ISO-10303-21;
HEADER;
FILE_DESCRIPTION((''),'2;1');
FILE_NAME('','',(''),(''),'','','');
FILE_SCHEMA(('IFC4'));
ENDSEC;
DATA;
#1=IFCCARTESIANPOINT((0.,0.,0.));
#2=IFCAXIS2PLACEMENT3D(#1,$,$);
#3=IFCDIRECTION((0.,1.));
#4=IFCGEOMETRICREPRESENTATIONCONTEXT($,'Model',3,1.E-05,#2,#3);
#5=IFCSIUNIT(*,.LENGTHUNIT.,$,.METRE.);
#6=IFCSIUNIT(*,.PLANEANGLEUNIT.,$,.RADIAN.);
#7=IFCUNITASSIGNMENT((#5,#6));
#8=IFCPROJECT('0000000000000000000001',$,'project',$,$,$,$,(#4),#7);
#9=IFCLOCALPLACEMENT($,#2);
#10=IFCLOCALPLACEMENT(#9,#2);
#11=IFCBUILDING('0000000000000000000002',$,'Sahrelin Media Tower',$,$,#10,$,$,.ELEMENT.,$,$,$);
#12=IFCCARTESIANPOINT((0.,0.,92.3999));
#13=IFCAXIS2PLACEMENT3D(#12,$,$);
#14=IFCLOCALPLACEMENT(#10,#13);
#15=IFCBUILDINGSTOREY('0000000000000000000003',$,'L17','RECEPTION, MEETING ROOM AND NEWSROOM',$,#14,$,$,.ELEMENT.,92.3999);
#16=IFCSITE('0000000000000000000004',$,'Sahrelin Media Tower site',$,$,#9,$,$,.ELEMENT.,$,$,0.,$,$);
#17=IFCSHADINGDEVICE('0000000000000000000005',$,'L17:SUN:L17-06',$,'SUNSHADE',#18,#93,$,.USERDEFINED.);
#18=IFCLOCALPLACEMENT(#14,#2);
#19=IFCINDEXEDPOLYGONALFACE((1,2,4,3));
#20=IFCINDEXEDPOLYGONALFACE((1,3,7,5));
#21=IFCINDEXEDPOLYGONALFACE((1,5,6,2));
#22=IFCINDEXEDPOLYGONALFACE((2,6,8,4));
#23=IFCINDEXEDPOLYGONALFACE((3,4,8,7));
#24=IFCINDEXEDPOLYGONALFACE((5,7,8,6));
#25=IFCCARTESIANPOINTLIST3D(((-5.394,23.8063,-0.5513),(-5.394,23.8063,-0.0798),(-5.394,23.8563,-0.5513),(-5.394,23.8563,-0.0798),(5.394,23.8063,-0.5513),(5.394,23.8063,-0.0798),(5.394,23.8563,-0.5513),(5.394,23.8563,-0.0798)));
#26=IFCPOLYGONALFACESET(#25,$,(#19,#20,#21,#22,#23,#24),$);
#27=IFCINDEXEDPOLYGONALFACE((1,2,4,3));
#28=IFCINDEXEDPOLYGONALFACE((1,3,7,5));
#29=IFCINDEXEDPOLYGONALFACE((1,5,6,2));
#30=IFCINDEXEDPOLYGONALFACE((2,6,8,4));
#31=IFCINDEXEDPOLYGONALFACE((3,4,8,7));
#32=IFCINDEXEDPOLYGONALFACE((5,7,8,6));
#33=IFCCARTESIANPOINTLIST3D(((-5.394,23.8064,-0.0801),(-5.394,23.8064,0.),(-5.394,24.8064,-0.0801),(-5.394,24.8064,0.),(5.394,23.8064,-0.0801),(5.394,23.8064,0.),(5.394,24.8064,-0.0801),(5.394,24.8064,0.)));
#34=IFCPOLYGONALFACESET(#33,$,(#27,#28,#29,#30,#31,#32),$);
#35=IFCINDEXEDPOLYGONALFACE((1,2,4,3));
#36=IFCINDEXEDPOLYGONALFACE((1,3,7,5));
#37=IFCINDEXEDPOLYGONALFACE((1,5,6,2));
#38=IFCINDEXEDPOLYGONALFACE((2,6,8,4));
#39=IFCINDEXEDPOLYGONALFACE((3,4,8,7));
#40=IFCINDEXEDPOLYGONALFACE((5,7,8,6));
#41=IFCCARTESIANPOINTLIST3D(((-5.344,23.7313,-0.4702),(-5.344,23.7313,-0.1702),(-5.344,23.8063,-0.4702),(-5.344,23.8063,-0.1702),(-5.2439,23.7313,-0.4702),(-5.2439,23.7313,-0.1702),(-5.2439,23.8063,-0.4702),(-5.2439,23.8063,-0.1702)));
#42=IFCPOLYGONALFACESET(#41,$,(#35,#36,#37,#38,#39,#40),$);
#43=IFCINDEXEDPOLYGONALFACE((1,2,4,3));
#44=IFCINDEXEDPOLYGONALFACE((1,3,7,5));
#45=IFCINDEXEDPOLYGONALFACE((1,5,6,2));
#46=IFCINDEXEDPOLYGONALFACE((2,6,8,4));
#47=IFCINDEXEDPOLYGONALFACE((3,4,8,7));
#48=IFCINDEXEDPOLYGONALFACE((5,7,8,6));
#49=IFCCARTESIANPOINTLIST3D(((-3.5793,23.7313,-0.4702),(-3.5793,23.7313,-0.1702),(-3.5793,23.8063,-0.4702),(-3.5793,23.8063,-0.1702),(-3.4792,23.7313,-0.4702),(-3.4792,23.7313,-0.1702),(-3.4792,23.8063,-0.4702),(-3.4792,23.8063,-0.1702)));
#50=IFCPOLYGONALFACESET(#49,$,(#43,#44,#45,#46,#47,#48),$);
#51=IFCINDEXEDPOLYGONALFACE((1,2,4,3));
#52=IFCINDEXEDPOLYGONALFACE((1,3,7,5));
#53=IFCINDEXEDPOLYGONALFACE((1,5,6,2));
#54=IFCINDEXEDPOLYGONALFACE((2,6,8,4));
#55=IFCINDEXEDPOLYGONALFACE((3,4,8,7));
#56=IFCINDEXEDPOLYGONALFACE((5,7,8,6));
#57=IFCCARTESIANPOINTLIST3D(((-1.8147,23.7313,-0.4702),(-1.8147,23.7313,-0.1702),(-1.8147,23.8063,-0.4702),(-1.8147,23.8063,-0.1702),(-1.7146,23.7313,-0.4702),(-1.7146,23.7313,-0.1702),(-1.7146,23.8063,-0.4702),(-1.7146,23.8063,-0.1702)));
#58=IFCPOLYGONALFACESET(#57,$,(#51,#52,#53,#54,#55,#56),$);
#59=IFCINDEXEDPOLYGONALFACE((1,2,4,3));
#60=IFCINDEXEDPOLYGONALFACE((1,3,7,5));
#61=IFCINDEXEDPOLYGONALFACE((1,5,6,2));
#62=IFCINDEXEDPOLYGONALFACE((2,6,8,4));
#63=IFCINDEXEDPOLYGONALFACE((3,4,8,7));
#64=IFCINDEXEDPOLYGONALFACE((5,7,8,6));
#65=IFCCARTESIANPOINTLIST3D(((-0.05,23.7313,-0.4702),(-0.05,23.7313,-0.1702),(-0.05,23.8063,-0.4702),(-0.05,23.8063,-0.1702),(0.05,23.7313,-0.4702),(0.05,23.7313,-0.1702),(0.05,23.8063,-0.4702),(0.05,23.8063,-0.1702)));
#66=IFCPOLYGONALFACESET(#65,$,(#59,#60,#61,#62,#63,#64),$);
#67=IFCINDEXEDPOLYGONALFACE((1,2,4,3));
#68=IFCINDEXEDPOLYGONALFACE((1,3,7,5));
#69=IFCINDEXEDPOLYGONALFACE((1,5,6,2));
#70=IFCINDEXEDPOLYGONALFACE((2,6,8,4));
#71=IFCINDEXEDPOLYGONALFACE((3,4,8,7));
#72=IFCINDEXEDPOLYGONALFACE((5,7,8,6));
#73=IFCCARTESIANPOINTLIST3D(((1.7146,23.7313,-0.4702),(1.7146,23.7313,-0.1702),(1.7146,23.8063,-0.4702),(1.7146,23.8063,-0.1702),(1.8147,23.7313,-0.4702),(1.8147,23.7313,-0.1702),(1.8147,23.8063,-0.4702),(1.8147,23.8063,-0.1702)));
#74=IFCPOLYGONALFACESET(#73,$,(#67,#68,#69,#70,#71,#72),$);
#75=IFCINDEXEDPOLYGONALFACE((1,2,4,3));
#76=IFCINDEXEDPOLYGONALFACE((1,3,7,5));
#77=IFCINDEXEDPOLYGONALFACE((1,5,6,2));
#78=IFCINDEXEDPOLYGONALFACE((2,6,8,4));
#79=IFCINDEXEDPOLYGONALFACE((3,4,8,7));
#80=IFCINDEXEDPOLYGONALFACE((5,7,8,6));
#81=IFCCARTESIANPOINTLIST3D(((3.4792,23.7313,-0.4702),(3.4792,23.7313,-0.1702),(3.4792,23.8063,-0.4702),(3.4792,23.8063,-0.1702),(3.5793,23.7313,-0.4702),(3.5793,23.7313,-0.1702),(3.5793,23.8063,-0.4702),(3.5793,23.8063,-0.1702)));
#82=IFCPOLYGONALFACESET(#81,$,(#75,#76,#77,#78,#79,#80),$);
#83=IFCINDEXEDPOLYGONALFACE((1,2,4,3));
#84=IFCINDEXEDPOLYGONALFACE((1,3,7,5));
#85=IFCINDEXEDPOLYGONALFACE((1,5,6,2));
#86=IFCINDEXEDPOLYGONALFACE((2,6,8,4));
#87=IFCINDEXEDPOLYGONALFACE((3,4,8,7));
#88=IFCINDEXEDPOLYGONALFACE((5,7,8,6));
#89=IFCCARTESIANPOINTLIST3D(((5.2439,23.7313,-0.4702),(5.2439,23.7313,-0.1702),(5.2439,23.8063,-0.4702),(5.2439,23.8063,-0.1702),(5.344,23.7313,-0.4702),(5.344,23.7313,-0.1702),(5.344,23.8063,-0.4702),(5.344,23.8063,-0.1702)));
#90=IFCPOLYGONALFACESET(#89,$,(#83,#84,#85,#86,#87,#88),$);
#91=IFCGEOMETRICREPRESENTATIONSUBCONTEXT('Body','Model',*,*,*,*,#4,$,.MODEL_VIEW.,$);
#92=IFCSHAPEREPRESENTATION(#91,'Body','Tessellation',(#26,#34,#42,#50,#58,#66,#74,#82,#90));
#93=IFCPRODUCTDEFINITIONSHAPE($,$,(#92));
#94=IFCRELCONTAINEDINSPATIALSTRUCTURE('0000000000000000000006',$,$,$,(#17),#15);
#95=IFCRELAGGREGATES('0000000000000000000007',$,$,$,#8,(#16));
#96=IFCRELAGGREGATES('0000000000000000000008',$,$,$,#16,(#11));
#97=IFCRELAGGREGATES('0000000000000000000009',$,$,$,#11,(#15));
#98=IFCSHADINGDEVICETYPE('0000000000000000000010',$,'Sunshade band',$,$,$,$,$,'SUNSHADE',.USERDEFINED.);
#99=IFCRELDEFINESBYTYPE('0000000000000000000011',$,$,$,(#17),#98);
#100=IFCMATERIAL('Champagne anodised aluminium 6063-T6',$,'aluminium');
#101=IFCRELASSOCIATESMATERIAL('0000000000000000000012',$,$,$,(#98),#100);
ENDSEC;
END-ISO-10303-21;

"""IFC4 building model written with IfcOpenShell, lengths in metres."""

from ifc_helpers import new_model, si_unit, direction, frame, origin, origin_2d, place, context, subcontext, project, spatial, rectangle, extrude, material, type_object, element, save


model = new_model("IFC4")

# Units and contexts
model_context = context("Model", 3, precision=1e-05, world=origin(), true_north=direction((0.0, 1.0)))
body_context = subcontext(model_context, "Body", "Model", "MODEL_VIEW")
ifc_project = project(units=[si_unit("LENGTHUNIT", "METRE"), si_unit("PLANEANGLEUNIT", "RADIAN")], contexts=[model_context])

# Site, building, storey
site_placement = place(None, origin())
site = spatial("IfcSite", under=ifc_project, at=site_placement, Name="Sahrelin Media Tower site", CompositionType="ELEMENT", RefElevation=0.0)
building_placement = place(site_placement, origin())
building = spatial("IfcBuilding", under=site, at=building_placement, Name="Sahrelin Media Tower", CompositionType="ELEMENT")
storey_placement = place(building_placement, frame((0.0, 0.0, 92.3999)))
storey = spatial("IfcBuildingStorey", under=building, at=storey_placement, Name="L17", Description="RECEPTION, MEETING ROOM AND NEWSROOM", CompositionType="ELEMENT", Elevation=92.3999)

# Shared definitions
ifc_material_1 = material(Name="Champagne anodised aluminium 6063-T6", Category="aluminium")
placement_1 = place(storey_placement, frame((0.0, 23.7864, 0.0), z_axis=(0.0, 0.0, 1.0), x_axis=(1.0, 0.0, 0.0)))

# Shading device
shading_device_type_1 = type_object("IfcShadingDeviceType", Name="Sunshade band", ElementType="SUNSHADE", PredefinedType="USERDEFINED", material=ifc_material_1)
element("IfcShadingDevice", 1, at=placement_1, inside=storey, type_object=shading_device_type_1, Name="L17:SUN:L17-06", ObjectType="SUNSHADE", PredefinedType="USERDEFINED", context=body_context, shape_type="SweptSolid", body=[
    extrude(rectangle(XDim=10.7881, YDim=0.05, at=origin_2d()), frame((0.0, 0.0449, -0.5513)), (0.0, 0.0, 1.0), 0.4714),
    extrude(rectangle(XDim=10.7881, YDim=1.0, at=origin_2d()), frame((0.0, 0.52, -0.0801)), (0.0, 0.0, 1.0), 0.0801),
    extrude(rectangle(XDim=0.1001, YDim=0.075, at=origin_2d()), frame((-5.2939, -0.0176, -0.4702)), (0.0, 0.0, 1.0), 0.3),
    extrude(rectangle(XDim=0.1001, YDim=0.075, at=origin_2d()), frame((-3.5293, -0.0176, -0.4702)), (0.0, 0.0, 1.0), 0.3),
    extrude(rectangle(XDim=0.1001, YDim=0.075, at=origin_2d()), frame((-1.7646, -0.0176, -0.4702)), (0.0, 0.0, 1.0), 0.3),
    extrude(rectangle(XDim=0.1001, YDim=0.075, at=origin_2d()), frame((0.0, -0.0176, -0.4702)), (0.0, 0.0, 1.0), 0.3),
    extrude(rectangle(XDim=0.1001, YDim=0.075, at=origin_2d()), frame((1.7646, -0.0176, -0.4702)), (0.0, 0.0, 1.0), 0.3),
    extrude(rectangle(XDim=0.1001, YDim=0.075, at=origin_2d()), frame((3.5293, -0.0176, -0.4702)), (0.0, 0.0, 1.0), 0.3),
    extrude(rectangle(XDim=0.1001, YDim=0.075, at=origin_2d()), frame((5.2939, -0.0176, -0.4702)), (0.0, 0.0, 1.0), 0.3),
])

save(model, "model.ifc")
